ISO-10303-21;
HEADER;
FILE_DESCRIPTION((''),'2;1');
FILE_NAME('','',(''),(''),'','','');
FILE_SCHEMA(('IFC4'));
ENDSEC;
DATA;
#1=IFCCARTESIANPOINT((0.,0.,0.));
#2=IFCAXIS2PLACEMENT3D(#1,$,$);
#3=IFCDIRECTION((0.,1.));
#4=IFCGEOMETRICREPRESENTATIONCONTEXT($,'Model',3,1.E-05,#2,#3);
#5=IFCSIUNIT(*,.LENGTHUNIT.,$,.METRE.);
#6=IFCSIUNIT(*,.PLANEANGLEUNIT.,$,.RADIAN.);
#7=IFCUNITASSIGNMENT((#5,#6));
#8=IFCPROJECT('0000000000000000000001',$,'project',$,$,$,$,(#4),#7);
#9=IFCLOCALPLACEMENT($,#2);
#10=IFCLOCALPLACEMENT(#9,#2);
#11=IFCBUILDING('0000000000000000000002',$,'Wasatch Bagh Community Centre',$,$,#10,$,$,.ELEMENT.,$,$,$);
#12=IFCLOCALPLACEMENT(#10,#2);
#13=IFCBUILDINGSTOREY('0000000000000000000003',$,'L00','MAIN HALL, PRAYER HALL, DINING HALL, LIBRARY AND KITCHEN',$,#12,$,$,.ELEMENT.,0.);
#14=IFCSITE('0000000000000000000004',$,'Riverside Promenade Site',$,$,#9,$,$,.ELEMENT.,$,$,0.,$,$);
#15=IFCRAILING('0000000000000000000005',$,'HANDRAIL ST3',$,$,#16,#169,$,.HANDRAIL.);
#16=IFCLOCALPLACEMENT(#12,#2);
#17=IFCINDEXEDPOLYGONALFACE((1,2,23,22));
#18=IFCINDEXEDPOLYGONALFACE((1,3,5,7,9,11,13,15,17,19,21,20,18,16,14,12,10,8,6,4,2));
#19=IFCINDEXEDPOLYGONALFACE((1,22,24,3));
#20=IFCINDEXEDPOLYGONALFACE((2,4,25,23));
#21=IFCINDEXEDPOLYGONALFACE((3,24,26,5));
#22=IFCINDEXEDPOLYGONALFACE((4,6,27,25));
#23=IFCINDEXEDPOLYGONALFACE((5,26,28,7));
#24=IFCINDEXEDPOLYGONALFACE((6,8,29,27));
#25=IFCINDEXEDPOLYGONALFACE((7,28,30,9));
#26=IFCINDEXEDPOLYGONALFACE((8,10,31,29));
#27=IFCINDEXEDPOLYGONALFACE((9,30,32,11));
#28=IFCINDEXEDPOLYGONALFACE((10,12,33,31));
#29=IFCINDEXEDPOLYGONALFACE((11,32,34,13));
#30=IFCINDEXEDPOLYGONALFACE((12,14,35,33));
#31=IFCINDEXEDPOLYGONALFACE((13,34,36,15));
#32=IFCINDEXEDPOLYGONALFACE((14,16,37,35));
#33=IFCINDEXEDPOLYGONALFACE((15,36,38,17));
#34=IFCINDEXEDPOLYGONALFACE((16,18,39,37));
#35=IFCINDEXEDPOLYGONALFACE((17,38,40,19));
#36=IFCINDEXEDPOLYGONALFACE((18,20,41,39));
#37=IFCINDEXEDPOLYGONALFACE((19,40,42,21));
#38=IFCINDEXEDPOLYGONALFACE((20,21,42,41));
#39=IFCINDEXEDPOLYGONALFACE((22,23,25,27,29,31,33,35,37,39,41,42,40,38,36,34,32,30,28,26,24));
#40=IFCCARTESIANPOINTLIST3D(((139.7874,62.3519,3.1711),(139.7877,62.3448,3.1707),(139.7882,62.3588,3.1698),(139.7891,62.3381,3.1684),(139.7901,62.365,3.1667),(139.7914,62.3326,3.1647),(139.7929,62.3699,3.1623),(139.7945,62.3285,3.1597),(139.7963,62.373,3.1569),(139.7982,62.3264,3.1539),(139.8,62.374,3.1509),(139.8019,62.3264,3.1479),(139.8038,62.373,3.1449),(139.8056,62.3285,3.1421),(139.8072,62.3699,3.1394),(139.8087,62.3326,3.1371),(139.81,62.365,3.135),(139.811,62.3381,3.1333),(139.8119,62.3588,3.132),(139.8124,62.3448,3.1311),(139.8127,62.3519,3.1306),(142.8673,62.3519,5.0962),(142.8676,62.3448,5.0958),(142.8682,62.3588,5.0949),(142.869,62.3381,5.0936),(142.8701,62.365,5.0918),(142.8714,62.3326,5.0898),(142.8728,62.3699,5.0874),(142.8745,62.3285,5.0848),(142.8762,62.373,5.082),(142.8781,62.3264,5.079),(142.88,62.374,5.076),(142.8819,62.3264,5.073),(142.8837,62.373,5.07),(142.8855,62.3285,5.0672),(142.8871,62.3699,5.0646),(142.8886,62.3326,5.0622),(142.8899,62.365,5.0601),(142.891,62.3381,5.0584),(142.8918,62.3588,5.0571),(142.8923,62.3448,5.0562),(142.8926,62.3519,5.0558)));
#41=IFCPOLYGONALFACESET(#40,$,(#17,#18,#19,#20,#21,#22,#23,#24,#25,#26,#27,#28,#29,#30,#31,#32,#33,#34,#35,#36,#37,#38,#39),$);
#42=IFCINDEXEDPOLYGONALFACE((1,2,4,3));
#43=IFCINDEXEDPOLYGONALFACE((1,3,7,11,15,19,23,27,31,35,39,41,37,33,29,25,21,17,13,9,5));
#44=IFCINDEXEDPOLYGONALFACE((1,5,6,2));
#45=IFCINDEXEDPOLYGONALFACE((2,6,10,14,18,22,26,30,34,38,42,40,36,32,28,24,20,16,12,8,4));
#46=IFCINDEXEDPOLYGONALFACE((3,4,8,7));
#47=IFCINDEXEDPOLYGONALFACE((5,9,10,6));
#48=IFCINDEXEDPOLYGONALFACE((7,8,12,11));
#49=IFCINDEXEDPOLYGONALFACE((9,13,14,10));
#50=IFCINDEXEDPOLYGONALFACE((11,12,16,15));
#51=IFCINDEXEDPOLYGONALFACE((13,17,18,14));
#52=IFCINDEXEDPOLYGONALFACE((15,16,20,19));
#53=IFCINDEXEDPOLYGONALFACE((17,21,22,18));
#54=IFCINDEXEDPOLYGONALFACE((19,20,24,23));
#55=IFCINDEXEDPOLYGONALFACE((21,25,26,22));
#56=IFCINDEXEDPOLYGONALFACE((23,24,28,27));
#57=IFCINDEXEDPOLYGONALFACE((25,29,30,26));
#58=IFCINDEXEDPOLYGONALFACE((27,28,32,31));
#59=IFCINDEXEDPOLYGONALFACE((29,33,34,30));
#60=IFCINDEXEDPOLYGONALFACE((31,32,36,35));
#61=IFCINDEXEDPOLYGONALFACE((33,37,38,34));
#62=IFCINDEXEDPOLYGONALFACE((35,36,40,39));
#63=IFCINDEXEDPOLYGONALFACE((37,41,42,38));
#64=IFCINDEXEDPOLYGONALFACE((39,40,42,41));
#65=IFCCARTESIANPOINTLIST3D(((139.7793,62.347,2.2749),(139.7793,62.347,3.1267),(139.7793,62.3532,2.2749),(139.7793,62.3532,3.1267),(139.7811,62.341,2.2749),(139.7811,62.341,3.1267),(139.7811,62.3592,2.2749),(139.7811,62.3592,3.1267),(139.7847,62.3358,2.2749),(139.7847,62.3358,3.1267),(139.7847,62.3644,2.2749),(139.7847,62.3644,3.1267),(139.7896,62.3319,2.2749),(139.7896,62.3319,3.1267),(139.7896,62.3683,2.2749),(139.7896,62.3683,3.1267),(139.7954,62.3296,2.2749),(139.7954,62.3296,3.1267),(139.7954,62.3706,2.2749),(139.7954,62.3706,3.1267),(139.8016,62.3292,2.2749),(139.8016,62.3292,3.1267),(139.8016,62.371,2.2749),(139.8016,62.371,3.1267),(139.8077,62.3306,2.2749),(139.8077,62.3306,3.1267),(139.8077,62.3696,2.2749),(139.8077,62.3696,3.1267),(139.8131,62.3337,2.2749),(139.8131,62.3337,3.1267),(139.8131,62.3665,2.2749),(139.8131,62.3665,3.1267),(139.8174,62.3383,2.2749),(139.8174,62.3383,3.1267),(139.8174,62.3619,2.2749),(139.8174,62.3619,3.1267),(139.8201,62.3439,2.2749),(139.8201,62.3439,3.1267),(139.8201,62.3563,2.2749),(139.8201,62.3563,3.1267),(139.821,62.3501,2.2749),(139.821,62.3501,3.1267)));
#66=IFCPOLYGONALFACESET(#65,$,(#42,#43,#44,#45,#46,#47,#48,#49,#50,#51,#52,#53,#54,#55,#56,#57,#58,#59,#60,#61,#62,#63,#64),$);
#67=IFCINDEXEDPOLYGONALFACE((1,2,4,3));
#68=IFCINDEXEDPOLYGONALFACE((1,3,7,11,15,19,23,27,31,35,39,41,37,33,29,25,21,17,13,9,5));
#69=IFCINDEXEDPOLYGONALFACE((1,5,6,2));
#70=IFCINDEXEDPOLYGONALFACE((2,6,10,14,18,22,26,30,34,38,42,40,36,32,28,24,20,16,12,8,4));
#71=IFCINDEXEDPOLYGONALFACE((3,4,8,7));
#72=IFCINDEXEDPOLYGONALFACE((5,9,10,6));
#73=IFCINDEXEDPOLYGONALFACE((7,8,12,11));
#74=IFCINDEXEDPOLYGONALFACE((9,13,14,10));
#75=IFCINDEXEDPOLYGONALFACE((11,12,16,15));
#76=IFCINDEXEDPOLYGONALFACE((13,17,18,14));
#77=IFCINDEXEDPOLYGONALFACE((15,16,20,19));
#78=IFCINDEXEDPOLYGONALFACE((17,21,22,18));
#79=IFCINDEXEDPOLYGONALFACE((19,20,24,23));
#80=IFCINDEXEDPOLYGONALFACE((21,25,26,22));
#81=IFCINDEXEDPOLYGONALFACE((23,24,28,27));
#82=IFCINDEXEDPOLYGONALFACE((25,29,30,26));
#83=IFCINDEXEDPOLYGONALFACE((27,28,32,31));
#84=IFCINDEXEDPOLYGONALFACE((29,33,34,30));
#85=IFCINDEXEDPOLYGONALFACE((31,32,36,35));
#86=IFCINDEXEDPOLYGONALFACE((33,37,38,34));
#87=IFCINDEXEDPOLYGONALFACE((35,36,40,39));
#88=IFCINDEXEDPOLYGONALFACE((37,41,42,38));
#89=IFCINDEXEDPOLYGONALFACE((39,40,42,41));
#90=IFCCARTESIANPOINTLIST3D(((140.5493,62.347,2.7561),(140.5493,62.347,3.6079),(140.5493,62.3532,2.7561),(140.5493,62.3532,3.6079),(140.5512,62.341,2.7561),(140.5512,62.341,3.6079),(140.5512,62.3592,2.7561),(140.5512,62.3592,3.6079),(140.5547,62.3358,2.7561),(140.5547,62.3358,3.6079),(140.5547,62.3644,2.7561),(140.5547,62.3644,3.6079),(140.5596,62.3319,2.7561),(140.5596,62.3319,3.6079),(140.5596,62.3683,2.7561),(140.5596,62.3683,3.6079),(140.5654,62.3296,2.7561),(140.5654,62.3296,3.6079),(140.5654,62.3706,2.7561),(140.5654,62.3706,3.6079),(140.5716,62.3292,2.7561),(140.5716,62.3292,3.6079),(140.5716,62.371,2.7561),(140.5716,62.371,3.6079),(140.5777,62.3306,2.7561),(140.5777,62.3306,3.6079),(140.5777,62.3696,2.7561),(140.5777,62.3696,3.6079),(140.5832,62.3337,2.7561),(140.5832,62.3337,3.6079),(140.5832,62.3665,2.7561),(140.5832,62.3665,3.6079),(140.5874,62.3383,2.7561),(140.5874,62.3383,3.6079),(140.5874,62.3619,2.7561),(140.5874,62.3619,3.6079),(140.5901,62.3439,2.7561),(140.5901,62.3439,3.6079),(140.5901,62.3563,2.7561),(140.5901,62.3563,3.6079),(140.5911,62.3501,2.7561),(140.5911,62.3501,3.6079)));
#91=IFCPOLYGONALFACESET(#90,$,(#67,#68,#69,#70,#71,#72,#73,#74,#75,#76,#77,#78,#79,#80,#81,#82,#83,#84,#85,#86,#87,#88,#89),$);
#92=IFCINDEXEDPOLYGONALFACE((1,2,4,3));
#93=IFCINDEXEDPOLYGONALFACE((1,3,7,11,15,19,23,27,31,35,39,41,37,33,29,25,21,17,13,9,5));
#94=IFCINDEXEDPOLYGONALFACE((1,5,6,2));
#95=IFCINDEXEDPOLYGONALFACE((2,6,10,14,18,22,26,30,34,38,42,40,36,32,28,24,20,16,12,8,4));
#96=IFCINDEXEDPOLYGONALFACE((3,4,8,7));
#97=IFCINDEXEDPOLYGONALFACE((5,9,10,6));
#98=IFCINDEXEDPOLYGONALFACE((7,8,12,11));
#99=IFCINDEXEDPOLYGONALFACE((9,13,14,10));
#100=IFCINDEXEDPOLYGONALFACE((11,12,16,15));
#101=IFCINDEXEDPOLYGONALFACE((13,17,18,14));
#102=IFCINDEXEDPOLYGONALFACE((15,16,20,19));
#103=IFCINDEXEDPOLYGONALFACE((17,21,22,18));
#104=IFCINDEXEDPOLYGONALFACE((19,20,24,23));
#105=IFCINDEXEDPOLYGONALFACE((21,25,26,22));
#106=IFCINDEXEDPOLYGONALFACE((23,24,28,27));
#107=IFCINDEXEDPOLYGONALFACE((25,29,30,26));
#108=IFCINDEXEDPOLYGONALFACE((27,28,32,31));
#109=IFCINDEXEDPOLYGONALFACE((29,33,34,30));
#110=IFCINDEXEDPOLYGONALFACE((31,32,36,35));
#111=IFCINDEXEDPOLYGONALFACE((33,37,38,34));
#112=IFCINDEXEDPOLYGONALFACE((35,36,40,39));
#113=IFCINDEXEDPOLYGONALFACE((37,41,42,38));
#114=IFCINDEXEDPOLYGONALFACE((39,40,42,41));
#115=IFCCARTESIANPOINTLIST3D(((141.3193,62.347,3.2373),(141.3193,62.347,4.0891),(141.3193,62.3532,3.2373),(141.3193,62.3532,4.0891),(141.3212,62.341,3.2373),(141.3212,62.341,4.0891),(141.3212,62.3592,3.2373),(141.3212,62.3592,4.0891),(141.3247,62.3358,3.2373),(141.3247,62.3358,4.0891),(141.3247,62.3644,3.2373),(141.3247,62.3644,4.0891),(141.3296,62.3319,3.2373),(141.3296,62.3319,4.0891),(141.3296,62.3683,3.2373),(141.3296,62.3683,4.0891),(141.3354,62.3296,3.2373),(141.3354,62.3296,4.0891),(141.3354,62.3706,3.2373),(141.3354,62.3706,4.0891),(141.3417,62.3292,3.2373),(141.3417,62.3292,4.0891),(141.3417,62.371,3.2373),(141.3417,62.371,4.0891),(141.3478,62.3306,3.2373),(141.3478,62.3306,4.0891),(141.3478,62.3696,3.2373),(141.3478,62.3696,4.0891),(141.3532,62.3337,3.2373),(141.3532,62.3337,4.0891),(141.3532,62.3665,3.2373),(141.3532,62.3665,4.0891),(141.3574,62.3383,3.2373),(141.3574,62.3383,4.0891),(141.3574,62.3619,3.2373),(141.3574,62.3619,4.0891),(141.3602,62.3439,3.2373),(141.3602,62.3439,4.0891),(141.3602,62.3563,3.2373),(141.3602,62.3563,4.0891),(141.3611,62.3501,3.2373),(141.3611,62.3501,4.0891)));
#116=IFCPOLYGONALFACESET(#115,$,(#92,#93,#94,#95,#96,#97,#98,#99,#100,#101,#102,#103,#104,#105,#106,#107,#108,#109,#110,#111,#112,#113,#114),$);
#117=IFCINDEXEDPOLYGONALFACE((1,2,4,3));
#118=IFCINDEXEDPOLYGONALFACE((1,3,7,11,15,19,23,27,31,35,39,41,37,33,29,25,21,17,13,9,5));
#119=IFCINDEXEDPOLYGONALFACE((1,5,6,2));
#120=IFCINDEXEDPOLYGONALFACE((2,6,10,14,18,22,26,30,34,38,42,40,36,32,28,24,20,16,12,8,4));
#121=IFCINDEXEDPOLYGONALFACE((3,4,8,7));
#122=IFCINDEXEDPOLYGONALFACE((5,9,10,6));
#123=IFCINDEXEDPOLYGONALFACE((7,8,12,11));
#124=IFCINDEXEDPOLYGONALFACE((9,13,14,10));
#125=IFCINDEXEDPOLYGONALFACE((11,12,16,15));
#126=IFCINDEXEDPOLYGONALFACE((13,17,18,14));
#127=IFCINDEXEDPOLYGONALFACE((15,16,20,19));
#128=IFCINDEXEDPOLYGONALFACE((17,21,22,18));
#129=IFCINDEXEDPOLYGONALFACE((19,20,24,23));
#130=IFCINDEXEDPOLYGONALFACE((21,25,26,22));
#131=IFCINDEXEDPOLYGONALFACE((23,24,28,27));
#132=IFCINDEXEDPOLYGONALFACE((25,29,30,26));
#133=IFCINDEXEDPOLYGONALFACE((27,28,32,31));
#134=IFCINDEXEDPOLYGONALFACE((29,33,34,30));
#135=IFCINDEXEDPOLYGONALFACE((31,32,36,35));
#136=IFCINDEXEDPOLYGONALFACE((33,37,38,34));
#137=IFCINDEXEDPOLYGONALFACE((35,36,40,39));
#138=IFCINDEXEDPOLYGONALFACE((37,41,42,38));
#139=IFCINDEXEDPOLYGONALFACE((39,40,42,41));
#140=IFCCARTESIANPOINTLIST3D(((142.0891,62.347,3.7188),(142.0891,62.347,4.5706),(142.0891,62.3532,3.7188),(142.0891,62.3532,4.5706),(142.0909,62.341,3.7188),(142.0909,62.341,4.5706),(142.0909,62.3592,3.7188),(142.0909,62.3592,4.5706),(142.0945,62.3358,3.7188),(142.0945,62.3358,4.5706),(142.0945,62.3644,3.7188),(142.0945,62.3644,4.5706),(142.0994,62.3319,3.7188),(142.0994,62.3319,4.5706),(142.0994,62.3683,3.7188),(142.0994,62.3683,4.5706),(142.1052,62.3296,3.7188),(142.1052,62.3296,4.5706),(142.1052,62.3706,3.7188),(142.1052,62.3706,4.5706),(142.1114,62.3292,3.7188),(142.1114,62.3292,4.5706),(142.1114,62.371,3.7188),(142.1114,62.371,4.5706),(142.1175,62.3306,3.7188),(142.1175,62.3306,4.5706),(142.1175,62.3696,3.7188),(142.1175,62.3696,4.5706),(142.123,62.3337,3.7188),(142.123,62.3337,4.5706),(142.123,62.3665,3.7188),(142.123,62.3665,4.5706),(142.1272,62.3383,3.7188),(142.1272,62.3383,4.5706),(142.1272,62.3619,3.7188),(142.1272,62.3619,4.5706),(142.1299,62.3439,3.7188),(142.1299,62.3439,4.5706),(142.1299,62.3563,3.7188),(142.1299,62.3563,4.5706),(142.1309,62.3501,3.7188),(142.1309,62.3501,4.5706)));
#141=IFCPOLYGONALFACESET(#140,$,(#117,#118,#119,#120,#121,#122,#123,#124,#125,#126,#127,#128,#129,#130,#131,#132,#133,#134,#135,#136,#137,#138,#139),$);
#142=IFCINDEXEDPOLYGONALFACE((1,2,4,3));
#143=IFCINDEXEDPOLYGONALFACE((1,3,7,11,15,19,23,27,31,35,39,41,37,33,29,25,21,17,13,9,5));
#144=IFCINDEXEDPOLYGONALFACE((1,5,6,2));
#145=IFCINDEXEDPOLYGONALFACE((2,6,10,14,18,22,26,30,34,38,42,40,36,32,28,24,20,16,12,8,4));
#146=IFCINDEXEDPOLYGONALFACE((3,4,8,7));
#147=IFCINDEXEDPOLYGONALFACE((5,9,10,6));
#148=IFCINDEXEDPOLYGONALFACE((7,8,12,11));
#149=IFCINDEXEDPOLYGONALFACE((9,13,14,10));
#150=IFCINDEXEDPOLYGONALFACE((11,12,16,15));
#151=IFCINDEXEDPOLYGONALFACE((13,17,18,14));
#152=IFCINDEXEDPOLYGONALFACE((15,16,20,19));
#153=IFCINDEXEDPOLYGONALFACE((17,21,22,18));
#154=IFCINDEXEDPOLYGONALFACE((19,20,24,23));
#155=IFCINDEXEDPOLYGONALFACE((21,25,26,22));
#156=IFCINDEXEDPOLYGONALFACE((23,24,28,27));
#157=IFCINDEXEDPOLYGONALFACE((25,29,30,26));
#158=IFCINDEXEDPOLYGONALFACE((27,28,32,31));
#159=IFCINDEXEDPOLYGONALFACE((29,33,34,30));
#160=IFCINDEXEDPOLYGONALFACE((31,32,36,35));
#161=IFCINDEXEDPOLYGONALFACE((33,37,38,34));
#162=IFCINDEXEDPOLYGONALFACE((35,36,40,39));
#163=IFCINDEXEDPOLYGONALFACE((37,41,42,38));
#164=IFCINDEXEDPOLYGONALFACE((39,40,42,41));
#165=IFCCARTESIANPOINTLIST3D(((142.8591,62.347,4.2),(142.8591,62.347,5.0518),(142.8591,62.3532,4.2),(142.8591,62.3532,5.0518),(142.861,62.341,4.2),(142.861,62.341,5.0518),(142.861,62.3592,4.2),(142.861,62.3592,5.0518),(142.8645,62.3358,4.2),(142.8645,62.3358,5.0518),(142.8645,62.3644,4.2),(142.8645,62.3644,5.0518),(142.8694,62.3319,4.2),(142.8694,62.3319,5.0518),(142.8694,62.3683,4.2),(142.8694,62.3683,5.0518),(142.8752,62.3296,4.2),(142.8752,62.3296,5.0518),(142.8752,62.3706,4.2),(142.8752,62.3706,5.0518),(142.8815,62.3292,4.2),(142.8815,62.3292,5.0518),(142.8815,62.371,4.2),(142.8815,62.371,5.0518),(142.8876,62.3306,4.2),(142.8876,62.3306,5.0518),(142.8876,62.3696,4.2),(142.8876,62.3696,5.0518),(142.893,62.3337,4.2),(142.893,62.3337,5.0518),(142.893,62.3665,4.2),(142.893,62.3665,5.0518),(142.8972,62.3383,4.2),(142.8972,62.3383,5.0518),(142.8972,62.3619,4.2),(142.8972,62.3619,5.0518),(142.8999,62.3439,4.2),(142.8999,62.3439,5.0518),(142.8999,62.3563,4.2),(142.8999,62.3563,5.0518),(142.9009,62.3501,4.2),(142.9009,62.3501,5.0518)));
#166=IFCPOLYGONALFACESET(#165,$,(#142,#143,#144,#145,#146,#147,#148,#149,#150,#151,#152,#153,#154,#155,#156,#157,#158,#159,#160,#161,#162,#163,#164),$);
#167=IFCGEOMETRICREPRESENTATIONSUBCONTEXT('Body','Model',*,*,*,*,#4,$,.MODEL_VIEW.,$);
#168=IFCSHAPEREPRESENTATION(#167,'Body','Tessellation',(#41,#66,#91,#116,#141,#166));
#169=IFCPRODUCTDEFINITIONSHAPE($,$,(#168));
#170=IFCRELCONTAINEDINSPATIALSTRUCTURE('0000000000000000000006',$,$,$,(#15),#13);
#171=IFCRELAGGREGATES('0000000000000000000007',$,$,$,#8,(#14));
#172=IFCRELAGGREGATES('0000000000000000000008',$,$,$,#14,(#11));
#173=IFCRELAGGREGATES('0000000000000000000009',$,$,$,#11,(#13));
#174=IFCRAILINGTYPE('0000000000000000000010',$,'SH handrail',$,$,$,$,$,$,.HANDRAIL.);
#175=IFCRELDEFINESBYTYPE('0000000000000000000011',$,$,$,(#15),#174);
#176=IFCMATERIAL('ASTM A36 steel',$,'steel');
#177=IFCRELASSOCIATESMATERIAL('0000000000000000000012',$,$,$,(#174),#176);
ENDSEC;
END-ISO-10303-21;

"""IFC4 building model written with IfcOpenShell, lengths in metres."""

from ifc_helpers import new_model, si_unit, direction, frame, origin, origin_2d, place, context, subcontext, project, spatial, circle, extrude, material, type_object, element, save


model = new_model("IFC4")

# Units and contexts
model_context = context("Model", 3, precision=1e-05, world=origin(), true_north=direction((0.0, 1.0)))
body_context = subcontext(model_context, "Body", "Model", "MODEL_VIEW")
ifc_project = project(units=[si_unit("LENGTHUNIT", "METRE"), si_unit("PLANEANGLEUNIT", "RADIAN")], contexts=[model_context])

# Site, building, storey
site_placement = place(None, origin())
site = spatial("IfcSite", under=ifc_project, at=site_placement, Name="Riverside Promenade Site", CompositionType="ELEMENT", RefElevation=0.0)
building_placement = place(site_placement, origin())
building = spatial("IfcBuilding", under=site, at=building_placement, Name="Wasatch Bagh Community Centre", CompositionType="ELEMENT")
storey_placement = place(building_placement, origin())
storey = spatial("IfcBuildingStorey", under=building, at=storey_placement, Name="L00", Description="MAIN HALL, PRAYER HALL, DINING HALL, LIBRARY AND KITCHEN", CompositionType="ELEMENT", Elevation=0.0)

# Railing
ifc_material_1 = material(Name="ASTM A36 steel", Category="steel")
railing_type_1 = type_object("IfcRailingType", Name="SH handrail", PredefinedType="HANDRAIL", material=ifc_material_1)
for number, where, name in (
    (1, (139.8, 62.3501, 2.2749), "HANDRAIL ST3"),
):
    element("IfcRailing", number, at=place(storey_placement, frame(where)), inside=storey, type_object=railing_type_1, Name=name, PredefinedType="HANDRAIL", context=body_context, shape_type="SweptSolid", body=[
        extrude(circle(Radius=0.0239, at=origin_2d()), frame((0.0, 0.0, 0.876), z_axis=(0.847979, 0.0, 0.530029), x_axis=(0.0, 1.0, 0.0)), (0.0, 0.0, 1.0), 3.6321),
        extrude(circle(Radius=0.021, at=origin_2d()), origin(), (0.0, 0.0, 1.0), 0.8518),
        extrude(circle(Radius=0.021, at=origin_2d()), frame((0.77, 0.0, 0.4812)), (0.0, 0.0, 1.0), 0.8518),
        extrude(circle(Radius=0.021, at=origin_2d()), frame((1.54, 0.0, 0.9624)), (0.0, 0.0, 1.0), 0.8518),
        extrude(circle(Radius=0.021, at=origin_2d()), frame((2.3098, 0.0, 1.4438)), (0.0, 0.0, 1.0), 0.8518),
        extrude(circle(Radius=0.021, at=origin_2d()), frame((3.0798, 0.0, 1.925)), (0.0, 0.0, 1.0), 0.8518),
    ])

save(model, "model.ifc")
